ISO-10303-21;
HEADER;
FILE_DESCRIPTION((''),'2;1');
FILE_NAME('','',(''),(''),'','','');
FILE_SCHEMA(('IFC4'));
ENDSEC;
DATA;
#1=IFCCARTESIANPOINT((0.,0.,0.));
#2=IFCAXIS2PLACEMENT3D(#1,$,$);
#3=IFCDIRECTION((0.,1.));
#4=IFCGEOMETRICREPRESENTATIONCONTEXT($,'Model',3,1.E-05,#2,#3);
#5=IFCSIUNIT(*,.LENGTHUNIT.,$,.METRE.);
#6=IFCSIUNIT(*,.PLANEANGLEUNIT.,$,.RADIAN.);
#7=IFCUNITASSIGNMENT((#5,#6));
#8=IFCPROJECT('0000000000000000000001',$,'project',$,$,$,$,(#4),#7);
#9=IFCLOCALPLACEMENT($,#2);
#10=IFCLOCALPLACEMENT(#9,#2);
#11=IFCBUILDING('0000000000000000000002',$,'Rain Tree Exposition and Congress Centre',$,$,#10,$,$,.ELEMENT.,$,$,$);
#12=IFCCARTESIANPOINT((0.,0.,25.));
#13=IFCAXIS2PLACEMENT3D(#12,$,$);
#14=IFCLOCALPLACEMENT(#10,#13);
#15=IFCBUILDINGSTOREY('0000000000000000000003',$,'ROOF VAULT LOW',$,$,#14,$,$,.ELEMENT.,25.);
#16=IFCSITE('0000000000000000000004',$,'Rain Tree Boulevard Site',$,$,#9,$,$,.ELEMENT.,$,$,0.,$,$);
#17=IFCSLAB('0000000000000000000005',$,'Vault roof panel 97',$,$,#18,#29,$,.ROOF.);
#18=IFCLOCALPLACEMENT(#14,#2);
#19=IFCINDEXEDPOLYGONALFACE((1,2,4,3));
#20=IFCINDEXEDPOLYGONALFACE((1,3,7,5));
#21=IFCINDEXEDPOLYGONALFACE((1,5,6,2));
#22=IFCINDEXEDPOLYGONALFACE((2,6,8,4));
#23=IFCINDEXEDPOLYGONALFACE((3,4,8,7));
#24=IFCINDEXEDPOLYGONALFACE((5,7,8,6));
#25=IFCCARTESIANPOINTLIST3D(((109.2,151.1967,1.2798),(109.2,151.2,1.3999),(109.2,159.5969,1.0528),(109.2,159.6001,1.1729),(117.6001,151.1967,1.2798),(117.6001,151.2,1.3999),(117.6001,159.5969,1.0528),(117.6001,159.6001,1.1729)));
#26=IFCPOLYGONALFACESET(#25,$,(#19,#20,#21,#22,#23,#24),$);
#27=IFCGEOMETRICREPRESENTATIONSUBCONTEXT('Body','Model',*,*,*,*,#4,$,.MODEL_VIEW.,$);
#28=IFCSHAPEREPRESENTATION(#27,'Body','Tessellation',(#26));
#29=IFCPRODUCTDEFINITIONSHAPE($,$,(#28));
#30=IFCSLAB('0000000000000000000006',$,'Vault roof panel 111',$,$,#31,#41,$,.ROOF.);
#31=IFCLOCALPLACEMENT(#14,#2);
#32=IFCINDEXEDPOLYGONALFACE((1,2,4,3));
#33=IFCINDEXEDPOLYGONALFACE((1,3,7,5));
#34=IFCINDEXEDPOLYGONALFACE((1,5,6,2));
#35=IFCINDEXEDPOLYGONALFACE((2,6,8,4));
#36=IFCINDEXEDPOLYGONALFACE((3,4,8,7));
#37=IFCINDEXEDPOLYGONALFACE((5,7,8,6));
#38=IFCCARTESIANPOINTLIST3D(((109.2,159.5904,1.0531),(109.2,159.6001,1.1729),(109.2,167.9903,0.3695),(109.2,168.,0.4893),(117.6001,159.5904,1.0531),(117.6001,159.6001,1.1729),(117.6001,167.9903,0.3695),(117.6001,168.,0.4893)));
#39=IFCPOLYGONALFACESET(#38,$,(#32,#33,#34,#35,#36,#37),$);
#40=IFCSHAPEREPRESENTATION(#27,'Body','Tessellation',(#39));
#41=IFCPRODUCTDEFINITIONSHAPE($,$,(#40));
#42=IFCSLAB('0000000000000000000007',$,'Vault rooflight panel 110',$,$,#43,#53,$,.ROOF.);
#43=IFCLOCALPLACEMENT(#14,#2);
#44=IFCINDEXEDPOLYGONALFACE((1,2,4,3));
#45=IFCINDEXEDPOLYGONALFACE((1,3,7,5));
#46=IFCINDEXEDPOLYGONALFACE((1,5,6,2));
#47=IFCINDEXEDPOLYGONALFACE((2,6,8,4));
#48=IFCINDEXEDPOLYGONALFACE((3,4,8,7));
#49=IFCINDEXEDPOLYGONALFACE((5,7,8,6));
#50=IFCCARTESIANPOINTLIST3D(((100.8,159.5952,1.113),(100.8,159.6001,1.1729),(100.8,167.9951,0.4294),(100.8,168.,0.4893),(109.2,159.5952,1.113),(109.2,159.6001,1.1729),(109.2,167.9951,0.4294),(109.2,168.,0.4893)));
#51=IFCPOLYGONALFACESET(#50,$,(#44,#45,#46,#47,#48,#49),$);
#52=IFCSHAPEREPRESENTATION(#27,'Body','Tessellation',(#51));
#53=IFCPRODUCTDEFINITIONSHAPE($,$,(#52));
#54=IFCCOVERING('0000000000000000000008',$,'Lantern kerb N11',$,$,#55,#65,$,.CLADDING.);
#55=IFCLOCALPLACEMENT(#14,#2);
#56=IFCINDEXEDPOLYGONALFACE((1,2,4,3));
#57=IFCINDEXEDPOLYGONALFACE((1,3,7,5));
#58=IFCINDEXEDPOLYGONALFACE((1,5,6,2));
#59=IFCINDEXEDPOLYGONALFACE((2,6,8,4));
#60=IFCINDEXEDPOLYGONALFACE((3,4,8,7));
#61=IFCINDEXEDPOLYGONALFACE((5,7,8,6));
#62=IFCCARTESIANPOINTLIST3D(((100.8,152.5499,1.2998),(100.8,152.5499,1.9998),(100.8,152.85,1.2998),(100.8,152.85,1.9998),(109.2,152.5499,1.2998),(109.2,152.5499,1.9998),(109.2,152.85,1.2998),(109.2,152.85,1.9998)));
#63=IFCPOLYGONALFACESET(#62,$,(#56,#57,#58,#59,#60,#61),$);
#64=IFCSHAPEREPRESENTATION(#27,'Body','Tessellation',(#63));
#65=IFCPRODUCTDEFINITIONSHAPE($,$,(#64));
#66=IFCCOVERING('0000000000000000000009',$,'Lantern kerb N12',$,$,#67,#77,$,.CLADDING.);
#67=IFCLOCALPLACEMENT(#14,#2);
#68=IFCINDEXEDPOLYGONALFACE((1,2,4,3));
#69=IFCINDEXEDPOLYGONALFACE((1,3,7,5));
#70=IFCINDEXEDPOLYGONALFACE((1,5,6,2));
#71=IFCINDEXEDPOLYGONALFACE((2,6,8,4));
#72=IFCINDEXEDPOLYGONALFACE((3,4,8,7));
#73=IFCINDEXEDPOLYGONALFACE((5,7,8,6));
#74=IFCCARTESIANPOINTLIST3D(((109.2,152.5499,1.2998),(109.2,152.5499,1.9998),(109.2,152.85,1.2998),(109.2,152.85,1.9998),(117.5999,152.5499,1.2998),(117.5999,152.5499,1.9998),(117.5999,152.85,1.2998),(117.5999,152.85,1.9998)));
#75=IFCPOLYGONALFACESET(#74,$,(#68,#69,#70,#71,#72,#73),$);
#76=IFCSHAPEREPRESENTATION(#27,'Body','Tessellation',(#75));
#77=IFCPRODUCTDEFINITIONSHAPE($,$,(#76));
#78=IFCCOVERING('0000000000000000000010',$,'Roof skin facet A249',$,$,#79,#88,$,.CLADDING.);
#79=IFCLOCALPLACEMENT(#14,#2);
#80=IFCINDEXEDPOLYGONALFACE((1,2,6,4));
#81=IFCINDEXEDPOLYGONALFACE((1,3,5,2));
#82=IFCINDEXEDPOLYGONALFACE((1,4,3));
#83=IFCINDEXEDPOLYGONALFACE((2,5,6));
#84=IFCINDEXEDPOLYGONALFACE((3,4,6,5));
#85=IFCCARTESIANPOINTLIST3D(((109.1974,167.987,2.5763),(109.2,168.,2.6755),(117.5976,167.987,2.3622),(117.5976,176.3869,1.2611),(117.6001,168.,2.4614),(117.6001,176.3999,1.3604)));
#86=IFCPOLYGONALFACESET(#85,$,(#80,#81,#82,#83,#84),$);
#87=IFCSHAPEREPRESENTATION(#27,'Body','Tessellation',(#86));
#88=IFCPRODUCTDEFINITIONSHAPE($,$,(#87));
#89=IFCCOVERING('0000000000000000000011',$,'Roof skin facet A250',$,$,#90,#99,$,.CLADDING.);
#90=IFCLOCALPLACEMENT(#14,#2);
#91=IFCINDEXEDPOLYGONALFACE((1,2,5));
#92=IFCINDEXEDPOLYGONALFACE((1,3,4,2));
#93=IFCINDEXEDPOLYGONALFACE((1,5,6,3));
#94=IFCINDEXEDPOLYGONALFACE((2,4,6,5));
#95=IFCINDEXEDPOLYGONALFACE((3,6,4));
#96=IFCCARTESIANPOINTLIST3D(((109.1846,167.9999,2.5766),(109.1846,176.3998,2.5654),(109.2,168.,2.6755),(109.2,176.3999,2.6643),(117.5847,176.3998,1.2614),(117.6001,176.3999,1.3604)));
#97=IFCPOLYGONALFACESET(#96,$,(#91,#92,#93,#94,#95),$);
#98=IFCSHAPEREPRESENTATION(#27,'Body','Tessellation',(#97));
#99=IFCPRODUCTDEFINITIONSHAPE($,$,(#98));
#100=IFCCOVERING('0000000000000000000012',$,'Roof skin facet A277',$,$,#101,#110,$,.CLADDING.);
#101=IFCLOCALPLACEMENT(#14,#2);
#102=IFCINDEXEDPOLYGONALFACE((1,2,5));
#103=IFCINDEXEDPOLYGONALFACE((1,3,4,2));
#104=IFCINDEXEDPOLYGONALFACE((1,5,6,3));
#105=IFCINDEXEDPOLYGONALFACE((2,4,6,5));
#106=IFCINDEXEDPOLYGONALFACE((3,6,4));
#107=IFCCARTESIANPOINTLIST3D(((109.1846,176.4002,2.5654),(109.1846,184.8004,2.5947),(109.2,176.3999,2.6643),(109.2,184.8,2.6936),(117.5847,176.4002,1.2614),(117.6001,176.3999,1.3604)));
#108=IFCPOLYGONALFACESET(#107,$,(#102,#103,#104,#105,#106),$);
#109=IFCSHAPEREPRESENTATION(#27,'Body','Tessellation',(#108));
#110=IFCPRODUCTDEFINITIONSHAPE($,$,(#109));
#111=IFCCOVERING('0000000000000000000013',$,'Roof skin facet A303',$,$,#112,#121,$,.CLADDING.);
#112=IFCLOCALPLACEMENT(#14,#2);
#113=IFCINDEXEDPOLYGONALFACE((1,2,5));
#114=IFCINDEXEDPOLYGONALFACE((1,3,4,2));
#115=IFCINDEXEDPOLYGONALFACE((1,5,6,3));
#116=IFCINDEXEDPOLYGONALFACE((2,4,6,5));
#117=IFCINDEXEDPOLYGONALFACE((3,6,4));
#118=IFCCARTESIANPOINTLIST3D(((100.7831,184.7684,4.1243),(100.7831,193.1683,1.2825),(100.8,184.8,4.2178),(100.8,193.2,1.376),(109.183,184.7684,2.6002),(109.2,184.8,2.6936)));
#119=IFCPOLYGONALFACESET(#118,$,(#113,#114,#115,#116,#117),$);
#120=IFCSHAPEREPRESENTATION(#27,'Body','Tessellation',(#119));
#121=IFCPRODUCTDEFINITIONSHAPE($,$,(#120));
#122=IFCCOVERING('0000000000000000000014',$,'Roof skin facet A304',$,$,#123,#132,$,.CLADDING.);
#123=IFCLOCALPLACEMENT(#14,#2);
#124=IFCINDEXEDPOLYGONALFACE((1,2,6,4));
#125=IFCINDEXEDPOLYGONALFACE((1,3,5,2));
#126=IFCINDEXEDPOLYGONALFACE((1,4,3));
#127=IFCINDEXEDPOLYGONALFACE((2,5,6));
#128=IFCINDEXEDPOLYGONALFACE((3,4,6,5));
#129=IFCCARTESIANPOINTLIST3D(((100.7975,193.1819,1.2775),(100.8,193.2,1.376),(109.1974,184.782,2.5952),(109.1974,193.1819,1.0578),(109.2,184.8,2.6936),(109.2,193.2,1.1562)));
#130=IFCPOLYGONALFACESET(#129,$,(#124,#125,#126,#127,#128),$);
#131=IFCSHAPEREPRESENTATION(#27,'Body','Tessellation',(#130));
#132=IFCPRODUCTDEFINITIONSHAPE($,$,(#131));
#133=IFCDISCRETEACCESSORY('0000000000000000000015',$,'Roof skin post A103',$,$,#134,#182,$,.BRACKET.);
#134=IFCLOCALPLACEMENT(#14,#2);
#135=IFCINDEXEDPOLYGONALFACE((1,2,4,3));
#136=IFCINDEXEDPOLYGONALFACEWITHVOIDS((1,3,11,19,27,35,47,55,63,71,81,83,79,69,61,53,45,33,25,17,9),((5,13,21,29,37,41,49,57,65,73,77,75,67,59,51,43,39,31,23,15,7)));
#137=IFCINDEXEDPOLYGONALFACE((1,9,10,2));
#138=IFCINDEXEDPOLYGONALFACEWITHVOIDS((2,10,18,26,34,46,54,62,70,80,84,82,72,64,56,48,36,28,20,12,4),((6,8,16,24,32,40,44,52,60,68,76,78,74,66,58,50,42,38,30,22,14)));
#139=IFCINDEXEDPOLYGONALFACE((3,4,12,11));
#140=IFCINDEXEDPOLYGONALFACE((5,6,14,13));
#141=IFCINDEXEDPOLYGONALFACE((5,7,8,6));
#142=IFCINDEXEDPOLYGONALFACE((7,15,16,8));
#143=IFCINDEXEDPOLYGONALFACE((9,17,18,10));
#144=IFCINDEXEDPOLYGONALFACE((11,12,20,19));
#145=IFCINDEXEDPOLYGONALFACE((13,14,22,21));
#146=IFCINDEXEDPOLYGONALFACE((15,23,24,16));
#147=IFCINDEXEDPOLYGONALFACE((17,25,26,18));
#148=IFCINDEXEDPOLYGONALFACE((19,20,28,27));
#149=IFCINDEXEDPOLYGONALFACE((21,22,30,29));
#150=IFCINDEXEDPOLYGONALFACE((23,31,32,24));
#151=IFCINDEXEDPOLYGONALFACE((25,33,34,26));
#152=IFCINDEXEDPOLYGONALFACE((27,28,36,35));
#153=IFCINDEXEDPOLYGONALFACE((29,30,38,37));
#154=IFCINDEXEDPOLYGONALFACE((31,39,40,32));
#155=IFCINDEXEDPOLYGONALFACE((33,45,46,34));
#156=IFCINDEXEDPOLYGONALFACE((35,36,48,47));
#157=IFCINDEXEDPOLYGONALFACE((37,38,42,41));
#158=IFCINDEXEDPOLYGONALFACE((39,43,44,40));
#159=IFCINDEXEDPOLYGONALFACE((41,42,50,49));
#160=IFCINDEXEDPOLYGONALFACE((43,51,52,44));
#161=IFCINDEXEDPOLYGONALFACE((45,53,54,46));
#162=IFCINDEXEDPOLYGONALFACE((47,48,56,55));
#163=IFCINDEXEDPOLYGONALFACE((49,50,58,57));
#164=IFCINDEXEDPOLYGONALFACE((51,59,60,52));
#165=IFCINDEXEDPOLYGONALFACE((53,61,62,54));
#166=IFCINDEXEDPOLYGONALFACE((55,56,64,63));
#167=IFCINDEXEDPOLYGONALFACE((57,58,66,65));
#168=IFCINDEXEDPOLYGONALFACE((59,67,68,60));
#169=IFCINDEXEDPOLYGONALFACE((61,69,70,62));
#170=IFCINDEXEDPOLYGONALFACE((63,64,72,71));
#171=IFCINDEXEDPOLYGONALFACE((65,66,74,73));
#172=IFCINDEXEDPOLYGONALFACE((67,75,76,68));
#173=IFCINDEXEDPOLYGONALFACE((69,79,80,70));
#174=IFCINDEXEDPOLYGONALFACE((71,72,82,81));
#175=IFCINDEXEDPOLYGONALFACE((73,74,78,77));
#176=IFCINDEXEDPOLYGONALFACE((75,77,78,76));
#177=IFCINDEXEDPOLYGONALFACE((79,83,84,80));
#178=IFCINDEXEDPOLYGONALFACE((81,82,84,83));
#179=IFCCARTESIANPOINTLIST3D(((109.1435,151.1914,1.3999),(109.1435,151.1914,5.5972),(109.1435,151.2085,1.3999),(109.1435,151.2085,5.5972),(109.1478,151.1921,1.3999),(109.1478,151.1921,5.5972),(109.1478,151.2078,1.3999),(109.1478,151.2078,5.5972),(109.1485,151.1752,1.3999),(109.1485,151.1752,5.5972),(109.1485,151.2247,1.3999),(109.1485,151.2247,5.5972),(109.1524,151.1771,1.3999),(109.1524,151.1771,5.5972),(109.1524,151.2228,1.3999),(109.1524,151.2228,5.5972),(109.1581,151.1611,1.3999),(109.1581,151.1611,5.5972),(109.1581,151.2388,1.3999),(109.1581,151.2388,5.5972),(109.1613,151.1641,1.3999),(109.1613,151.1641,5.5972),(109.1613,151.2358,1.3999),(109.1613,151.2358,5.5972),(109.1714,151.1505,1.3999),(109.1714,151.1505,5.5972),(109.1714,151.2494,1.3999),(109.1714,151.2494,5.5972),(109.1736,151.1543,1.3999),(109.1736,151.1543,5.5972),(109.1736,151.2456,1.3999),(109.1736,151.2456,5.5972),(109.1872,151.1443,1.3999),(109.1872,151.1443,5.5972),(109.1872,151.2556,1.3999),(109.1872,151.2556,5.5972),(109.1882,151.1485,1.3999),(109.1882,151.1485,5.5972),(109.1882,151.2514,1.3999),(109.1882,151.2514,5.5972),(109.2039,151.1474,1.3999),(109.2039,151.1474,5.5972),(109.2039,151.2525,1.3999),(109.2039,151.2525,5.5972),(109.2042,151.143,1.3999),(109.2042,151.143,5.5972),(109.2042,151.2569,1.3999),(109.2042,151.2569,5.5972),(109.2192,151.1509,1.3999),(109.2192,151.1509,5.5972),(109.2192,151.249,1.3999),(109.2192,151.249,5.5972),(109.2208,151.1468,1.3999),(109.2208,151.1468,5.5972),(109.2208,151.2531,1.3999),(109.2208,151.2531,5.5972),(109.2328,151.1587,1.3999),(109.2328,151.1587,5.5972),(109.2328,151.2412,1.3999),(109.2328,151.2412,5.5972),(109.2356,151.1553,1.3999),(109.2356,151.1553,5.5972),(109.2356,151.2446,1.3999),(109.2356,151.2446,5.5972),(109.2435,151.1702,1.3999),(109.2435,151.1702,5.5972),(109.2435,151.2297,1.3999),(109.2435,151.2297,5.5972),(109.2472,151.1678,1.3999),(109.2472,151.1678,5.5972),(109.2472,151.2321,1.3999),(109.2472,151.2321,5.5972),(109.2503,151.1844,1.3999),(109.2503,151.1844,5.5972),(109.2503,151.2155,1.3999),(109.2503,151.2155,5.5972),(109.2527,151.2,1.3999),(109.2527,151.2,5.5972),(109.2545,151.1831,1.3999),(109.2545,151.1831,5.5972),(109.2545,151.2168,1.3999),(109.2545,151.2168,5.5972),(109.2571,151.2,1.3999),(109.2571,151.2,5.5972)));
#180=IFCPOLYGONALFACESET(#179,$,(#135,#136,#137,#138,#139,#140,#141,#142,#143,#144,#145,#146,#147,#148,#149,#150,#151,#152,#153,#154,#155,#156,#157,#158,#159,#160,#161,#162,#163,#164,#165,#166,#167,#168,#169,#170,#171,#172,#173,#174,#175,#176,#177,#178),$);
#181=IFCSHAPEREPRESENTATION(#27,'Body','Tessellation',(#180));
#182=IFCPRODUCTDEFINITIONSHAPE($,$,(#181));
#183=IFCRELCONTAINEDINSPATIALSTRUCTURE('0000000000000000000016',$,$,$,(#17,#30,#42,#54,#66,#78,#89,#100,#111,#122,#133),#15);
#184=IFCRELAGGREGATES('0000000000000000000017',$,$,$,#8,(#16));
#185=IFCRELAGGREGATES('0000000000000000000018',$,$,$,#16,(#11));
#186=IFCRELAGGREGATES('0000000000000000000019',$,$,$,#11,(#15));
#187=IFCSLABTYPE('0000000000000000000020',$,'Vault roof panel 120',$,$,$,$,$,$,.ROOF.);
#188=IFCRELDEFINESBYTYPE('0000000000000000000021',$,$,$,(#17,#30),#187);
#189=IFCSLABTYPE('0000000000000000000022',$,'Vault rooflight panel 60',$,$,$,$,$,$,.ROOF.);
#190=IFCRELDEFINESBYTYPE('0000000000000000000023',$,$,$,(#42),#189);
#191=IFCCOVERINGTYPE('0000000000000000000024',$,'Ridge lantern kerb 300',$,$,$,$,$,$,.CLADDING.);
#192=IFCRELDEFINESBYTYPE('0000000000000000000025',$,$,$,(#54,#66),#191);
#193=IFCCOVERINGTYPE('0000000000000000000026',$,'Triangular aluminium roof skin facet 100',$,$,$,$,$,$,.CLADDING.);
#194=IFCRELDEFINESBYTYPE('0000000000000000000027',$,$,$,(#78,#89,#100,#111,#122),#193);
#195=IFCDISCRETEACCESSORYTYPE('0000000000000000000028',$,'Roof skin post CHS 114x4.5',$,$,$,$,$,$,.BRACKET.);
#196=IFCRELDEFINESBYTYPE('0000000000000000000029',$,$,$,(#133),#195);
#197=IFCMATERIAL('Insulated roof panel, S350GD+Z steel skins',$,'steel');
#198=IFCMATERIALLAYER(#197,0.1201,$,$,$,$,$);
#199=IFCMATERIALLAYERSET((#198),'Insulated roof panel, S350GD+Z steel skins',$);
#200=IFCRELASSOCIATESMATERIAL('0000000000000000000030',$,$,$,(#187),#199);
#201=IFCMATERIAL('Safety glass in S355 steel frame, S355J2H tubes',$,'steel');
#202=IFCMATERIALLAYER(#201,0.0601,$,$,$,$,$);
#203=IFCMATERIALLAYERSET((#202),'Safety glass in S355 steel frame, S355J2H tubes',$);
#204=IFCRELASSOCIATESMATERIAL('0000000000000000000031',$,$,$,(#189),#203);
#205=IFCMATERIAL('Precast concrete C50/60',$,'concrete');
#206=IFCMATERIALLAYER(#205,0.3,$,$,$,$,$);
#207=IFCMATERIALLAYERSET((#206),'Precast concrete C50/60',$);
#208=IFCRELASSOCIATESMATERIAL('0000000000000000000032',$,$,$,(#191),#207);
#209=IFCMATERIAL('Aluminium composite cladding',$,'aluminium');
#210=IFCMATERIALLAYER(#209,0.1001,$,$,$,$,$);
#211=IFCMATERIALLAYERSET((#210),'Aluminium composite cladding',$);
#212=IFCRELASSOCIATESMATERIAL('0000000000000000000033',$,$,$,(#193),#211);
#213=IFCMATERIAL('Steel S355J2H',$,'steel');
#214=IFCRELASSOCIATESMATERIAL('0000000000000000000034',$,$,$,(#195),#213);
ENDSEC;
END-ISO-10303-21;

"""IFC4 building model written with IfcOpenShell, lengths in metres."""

from ifc_helpers import new_model, si_unit, direction, frame, origin, origin_2d, place, context, subcontext, project, spatial, polyline, rectangle, hollow_circle, outline, extrude, material, layer, layer_set, material_profile, profile_set, type_object, element, save


model = new_model("IFC4")

# Units and contexts
model_context = context("Model", 3, precision=1e-05, world=origin(), true_north=direction((0.0, 1.0)))
body_context = subcontext(model_context, "Body", "Model", "MODEL_VIEW")
ifc_project = project(units=[si_unit("LENGTHUNIT", "METRE"), si_unit("PLANEANGLEUNIT", "RADIAN")], contexts=[model_context])

# Site, building, storey
site_placement = place(None, origin())
site = spatial("IfcSite", under=ifc_project, at=site_placement, Name="Rain Tree Boulevard Site", CompositionType="ELEMENT", RefElevation=0.0)
building_placement = place(site_placement, origin())
building = spatial("IfcBuilding", under=site, at=building_placement, Name="Rain Tree Exposition and Congress Centre", CompositionType="ELEMENT")
storey_placement = place(building_placement, frame((0.0, 0.0, 25.0)))
storey = spatial("IfcBuildingStorey", under=building, at=storey_placement, Name="ROOF VAULT LOW", CompositionType="ELEMENT", Elevation=25.0)

# Slabs
ifc_material_1 = material(Name="Insulated roof panel, S350GD+Z steel skins", Category="steel")
ifc_layer_1 = layer(ifc_material_1, 0.1201)
ifc_layer_set_1 = layer_set([ifc_layer_1], Name="Insulated roof panel, S350GD+Z steel skins")
slab_type_1 = type_object("IfcSlabType", Name="Vault roof panel 120", PredefinedType="ROOF", material=ifc_layer_set_1)
slab_1_placement = place(storey_placement, frame((109.2, 151.2, 1.3999), z_axis=(0.0, 0.02702, 0.999635), x_axis=(1.0, 0.0, 0.0)))
element("IfcSlab", 1, at=slab_1_placement, inside=storey, type_object=slab_type_1, Name="Vault roof panel 97", PredefinedType="ROOF", context=body_context, shape_type="SweptSolid", body=[
    extrude(outline(polyline([(0.0, 0.0), (8.4001, 0.0), (8.4001, 8.4032), (0.0, 8.4032), (0.0, 0.0)])), origin(), (0.0, 0.0, -1.0), 0.1201),
])
slab_2_placement = place(storey_placement, frame((109.2, 159.6001, 1.1729), z_axis=(0.0, 0.081113, 0.996705), x_axis=(1.0, 0.0, 0.0)))
element("IfcSlab", 2, at=slab_2_placement, inside=storey, type_object=slab_type_1, Name="Vault roof panel 111", PredefinedType="ROOF", context=body_context, shape_type="SweptSolid", body=[
    extrude(outline(polyline([(0.0, 0.0), (8.4001, 0.0), (8.4001, 8.4277), (0.0, 8.4277), (0.0, 0.0)])), origin(), (0.0, 0.0, -1.0), 0.1201),
])
ifc_material_2 = material(Name="Safety glass in S355 steel frame, S355J2H tubes", Category="steel")
ifc_layer_2 = layer(ifc_material_2, 0.0601)
ifc_layer_set_2 = layer_set([ifc_layer_2], Name="Safety glass in S355 steel frame, S355J2H tubes")
slab_type_2 = type_object("IfcSlabType", Name="Vault rooflight panel 60", PredefinedType="ROOF", material=ifc_layer_set_2)
slab_3_placement = place(storey_placement, frame((100.8, 159.6001, 1.1729), z_axis=(0.0, 0.081113, 0.996705), x_axis=(1.0, 0.0, 0.0)))
element("IfcSlab", 3, at=slab_3_placement, inside=storey, type_object=slab_type_2, Name="Vault rooflight panel 110", PredefinedType="ROOF", context=body_context, shape_type="SweptSolid", body=[
    extrude(outline(polyline([(0.0, 0.0), (8.3999, 0.0), (8.3999, 8.4277), (0.0, 8.4277), (0.0, 0.0)])), origin(), (0.0, 0.0, -1.0), 0.0601),
])

# Coverings
ifc_material_3 = material(Name="Precast concrete C50/60", Category="concrete")
ifc_layer_3 = layer(ifc_material_3, 0.3)
ifc_layer_set_3 = layer_set([ifc_layer_3], Name="Precast concrete C50/60")
covering_type_1 = type_object("IfcCoveringType", Name="Ridge lantern kerb 300", PredefinedType="CLADDING", material=ifc_layer_set_3)
for number, where, z_axis, x_axis, name in (
    (4, (105.0, 152.7, 1.2998), (0.0, 0.0, 1.0), (1.0, 0.0, 0.0), "Lantern kerb N11"),
    (5, (113.3999, 152.7, 1.2998), (0.0, 0.0, 1.0), (1.0, 0.0, 0.0), "Lantern kerb N12"),
):
    element("IfcCovering", number, at=place(storey_placement, frame(where, z_axis=z_axis, x_axis=x_axis)), inside=storey, type_object=covering_type_1, Name=name, PredefinedType="CLADDING", context=body_context, shape_type="SweptSolid", body=[
        extrude(rectangle(XDim=8.3999, YDim=0.3, at=origin_2d()), origin(), (0.0, 0.0, 1.0), 0.7),
    ])
ifc_material_4 = material(Name="Aluminium composite cladding", Category="aluminium")
ifc_layer_4 = layer(ifc_material_4, 0.1001)
ifc_layer_set_4 = layer_set([ifc_layer_4], Name="Aluminium composite cladding")
covering_type_2 = type_object("IfcCoveringType", Name="Triangular aluminium roof skin facet 100", PredefinedType="CLADDING", material=ifc_layer_set_4)
covering_1_placement = place(storey_placement, frame((109.2, 168.0, 2.6755), z_axis=(0.025265, 0.129928, 0.991201), x_axis=(0.999675, 0.0, -0.025481)))
element("IfcCovering", 6, at=covering_1_placement, inside=storey, type_object=covering_type_2, Name="Roof skin facet A249", PredefinedType="CLADDING", context=body_context, shape_type="SweptSolid", body=[
    extrude(outline(polyline([(0.0, 0.0), (8.4029, 0.0), (8.4309, 8.4717), (0.0, 0.0)])), origin(), (0.0, 0.0, -1.0), 0.1001),
])
covering_2_placement = place(storey_placement, frame((109.2, 168.0, 2.6755), z_axis=(0.153393, 0.001321, 0.988164), x_axis=(0.702823, 0.702803, -0.110039)))
element("IfcCovering", 7, at=covering_2_placement, inside=storey, type_object=covering_type_2, Name="Roof skin facet A250", PredefinedType="CLADDING", context=body_context, shape_type="SweptSolid", body=[
    extrude(outline(polyline([(0.0, 0.0), (11.952, 0.0), (5.9047, 5.9744), (0.0, 0.0)])), origin(), (0.0, 0.0, -1.0), 0.1001),
])
covering_3_placement = place(storey_placement, frame((109.2, 176.3999, 2.6643), z_axis=(0.153392, -0.003446, 0.988159), x_axis=(0.988165, 0.0, -0.153393)))
element("IfcCovering", 8, at=covering_3_placement, inside=storey, type_object=covering_type_2, Name="Roof skin facet A277", PredefinedType="CLADDING", context=body_context, shape_type="SweptSolid", body=[
    extrude(outline(polyline([(0.0, 0.0), (8.5008, 0.0), (-0.0045, 8.4002), (0.0, 0.0)])), origin(), (0.0, 0.0, -1.0), 0.1001),
])
covering_4_placement = place(storey_placement, frame((100.8, 184.8, 4.2178), z_axis=(0.169397, 0.315839, 0.933569), x_axis=(0.983933, 0.0, -0.178536)))
element("IfcCovering", 9, at=covering_4_placement, inside=storey, type_object=covering_type_2, Name="Roof skin facet A303", PredefinedType="CLADDING", context=body_context, shape_type="SweptSolid", body=[
    extrude(outline(polyline([(0.0, 0.0), (8.5371, 0.0), (0.5074, 8.8531), (0.0, 0.0)])), origin(), (0.0, 0.0, -1.0), 0.1001),
])
covering_5_placement = place(storey_placement, frame((109.2, 184.8, 2.6936), z_axis=(0.025722, 0.17997, 0.983336), x_axis=(0.0, 0.983661, -0.18003)))
element("IfcCovering", 10, at=covering_5_placement, inside=storey, type_object=covering_type_2, Name="Roof skin facet A304", PredefinedType="CLADDING", context=body_context, shape_type="SweptSolid", body=[
    extrude(outline(polyline([(0.0, 0.0), (8.5394, 0.0), (8.4999, 8.4027), (0.0, 0.0)])), origin(), (0.0, 0.0, -1.0), 0.1001),
])

# Discrete accessory
ifc_material_5 = material(Name="Steel S355J2H", Category="steel")
ifc_material_profile_1 = material_profile(ifc_material_5, hollow_circle(Radius=0.0571, WallThickness=0.0044, at=origin_2d()), Name="CHS 114x4.5")
ifc_profile_set_1 = profile_set([ifc_material_profile_1], Name="Steel S355J2H")
discrete_accessory_type = type_object("IfcDiscreteAccessoryType", Name="Roof skin post CHS 114x4.5", PredefinedType="BRACKET", material=ifc_profile_set_1)
discrete_accessory_1_placement = place(storey_placement, frame((109.2, 151.2, 1.3999), z_axis=(0.0, 0.0, 1.0), x_axis=(1.0, 0.0, 0.0)))
element("IfcDiscreteAccessory", 11, at=discrete_accessory_1_placement, inside=storey, type_object=discrete_accessory_type, Name="Roof skin post A103", PredefinedType="BRACKET", context=body_context, shape_type="SweptSolid", body=[
    extrude(hollow_circle(Radius=0.0571, WallThickness=0.0044, at=origin_2d()), origin(), (0.0, 0.0, 1.0), 4.1973),
])

save(model, "model.ifc")
